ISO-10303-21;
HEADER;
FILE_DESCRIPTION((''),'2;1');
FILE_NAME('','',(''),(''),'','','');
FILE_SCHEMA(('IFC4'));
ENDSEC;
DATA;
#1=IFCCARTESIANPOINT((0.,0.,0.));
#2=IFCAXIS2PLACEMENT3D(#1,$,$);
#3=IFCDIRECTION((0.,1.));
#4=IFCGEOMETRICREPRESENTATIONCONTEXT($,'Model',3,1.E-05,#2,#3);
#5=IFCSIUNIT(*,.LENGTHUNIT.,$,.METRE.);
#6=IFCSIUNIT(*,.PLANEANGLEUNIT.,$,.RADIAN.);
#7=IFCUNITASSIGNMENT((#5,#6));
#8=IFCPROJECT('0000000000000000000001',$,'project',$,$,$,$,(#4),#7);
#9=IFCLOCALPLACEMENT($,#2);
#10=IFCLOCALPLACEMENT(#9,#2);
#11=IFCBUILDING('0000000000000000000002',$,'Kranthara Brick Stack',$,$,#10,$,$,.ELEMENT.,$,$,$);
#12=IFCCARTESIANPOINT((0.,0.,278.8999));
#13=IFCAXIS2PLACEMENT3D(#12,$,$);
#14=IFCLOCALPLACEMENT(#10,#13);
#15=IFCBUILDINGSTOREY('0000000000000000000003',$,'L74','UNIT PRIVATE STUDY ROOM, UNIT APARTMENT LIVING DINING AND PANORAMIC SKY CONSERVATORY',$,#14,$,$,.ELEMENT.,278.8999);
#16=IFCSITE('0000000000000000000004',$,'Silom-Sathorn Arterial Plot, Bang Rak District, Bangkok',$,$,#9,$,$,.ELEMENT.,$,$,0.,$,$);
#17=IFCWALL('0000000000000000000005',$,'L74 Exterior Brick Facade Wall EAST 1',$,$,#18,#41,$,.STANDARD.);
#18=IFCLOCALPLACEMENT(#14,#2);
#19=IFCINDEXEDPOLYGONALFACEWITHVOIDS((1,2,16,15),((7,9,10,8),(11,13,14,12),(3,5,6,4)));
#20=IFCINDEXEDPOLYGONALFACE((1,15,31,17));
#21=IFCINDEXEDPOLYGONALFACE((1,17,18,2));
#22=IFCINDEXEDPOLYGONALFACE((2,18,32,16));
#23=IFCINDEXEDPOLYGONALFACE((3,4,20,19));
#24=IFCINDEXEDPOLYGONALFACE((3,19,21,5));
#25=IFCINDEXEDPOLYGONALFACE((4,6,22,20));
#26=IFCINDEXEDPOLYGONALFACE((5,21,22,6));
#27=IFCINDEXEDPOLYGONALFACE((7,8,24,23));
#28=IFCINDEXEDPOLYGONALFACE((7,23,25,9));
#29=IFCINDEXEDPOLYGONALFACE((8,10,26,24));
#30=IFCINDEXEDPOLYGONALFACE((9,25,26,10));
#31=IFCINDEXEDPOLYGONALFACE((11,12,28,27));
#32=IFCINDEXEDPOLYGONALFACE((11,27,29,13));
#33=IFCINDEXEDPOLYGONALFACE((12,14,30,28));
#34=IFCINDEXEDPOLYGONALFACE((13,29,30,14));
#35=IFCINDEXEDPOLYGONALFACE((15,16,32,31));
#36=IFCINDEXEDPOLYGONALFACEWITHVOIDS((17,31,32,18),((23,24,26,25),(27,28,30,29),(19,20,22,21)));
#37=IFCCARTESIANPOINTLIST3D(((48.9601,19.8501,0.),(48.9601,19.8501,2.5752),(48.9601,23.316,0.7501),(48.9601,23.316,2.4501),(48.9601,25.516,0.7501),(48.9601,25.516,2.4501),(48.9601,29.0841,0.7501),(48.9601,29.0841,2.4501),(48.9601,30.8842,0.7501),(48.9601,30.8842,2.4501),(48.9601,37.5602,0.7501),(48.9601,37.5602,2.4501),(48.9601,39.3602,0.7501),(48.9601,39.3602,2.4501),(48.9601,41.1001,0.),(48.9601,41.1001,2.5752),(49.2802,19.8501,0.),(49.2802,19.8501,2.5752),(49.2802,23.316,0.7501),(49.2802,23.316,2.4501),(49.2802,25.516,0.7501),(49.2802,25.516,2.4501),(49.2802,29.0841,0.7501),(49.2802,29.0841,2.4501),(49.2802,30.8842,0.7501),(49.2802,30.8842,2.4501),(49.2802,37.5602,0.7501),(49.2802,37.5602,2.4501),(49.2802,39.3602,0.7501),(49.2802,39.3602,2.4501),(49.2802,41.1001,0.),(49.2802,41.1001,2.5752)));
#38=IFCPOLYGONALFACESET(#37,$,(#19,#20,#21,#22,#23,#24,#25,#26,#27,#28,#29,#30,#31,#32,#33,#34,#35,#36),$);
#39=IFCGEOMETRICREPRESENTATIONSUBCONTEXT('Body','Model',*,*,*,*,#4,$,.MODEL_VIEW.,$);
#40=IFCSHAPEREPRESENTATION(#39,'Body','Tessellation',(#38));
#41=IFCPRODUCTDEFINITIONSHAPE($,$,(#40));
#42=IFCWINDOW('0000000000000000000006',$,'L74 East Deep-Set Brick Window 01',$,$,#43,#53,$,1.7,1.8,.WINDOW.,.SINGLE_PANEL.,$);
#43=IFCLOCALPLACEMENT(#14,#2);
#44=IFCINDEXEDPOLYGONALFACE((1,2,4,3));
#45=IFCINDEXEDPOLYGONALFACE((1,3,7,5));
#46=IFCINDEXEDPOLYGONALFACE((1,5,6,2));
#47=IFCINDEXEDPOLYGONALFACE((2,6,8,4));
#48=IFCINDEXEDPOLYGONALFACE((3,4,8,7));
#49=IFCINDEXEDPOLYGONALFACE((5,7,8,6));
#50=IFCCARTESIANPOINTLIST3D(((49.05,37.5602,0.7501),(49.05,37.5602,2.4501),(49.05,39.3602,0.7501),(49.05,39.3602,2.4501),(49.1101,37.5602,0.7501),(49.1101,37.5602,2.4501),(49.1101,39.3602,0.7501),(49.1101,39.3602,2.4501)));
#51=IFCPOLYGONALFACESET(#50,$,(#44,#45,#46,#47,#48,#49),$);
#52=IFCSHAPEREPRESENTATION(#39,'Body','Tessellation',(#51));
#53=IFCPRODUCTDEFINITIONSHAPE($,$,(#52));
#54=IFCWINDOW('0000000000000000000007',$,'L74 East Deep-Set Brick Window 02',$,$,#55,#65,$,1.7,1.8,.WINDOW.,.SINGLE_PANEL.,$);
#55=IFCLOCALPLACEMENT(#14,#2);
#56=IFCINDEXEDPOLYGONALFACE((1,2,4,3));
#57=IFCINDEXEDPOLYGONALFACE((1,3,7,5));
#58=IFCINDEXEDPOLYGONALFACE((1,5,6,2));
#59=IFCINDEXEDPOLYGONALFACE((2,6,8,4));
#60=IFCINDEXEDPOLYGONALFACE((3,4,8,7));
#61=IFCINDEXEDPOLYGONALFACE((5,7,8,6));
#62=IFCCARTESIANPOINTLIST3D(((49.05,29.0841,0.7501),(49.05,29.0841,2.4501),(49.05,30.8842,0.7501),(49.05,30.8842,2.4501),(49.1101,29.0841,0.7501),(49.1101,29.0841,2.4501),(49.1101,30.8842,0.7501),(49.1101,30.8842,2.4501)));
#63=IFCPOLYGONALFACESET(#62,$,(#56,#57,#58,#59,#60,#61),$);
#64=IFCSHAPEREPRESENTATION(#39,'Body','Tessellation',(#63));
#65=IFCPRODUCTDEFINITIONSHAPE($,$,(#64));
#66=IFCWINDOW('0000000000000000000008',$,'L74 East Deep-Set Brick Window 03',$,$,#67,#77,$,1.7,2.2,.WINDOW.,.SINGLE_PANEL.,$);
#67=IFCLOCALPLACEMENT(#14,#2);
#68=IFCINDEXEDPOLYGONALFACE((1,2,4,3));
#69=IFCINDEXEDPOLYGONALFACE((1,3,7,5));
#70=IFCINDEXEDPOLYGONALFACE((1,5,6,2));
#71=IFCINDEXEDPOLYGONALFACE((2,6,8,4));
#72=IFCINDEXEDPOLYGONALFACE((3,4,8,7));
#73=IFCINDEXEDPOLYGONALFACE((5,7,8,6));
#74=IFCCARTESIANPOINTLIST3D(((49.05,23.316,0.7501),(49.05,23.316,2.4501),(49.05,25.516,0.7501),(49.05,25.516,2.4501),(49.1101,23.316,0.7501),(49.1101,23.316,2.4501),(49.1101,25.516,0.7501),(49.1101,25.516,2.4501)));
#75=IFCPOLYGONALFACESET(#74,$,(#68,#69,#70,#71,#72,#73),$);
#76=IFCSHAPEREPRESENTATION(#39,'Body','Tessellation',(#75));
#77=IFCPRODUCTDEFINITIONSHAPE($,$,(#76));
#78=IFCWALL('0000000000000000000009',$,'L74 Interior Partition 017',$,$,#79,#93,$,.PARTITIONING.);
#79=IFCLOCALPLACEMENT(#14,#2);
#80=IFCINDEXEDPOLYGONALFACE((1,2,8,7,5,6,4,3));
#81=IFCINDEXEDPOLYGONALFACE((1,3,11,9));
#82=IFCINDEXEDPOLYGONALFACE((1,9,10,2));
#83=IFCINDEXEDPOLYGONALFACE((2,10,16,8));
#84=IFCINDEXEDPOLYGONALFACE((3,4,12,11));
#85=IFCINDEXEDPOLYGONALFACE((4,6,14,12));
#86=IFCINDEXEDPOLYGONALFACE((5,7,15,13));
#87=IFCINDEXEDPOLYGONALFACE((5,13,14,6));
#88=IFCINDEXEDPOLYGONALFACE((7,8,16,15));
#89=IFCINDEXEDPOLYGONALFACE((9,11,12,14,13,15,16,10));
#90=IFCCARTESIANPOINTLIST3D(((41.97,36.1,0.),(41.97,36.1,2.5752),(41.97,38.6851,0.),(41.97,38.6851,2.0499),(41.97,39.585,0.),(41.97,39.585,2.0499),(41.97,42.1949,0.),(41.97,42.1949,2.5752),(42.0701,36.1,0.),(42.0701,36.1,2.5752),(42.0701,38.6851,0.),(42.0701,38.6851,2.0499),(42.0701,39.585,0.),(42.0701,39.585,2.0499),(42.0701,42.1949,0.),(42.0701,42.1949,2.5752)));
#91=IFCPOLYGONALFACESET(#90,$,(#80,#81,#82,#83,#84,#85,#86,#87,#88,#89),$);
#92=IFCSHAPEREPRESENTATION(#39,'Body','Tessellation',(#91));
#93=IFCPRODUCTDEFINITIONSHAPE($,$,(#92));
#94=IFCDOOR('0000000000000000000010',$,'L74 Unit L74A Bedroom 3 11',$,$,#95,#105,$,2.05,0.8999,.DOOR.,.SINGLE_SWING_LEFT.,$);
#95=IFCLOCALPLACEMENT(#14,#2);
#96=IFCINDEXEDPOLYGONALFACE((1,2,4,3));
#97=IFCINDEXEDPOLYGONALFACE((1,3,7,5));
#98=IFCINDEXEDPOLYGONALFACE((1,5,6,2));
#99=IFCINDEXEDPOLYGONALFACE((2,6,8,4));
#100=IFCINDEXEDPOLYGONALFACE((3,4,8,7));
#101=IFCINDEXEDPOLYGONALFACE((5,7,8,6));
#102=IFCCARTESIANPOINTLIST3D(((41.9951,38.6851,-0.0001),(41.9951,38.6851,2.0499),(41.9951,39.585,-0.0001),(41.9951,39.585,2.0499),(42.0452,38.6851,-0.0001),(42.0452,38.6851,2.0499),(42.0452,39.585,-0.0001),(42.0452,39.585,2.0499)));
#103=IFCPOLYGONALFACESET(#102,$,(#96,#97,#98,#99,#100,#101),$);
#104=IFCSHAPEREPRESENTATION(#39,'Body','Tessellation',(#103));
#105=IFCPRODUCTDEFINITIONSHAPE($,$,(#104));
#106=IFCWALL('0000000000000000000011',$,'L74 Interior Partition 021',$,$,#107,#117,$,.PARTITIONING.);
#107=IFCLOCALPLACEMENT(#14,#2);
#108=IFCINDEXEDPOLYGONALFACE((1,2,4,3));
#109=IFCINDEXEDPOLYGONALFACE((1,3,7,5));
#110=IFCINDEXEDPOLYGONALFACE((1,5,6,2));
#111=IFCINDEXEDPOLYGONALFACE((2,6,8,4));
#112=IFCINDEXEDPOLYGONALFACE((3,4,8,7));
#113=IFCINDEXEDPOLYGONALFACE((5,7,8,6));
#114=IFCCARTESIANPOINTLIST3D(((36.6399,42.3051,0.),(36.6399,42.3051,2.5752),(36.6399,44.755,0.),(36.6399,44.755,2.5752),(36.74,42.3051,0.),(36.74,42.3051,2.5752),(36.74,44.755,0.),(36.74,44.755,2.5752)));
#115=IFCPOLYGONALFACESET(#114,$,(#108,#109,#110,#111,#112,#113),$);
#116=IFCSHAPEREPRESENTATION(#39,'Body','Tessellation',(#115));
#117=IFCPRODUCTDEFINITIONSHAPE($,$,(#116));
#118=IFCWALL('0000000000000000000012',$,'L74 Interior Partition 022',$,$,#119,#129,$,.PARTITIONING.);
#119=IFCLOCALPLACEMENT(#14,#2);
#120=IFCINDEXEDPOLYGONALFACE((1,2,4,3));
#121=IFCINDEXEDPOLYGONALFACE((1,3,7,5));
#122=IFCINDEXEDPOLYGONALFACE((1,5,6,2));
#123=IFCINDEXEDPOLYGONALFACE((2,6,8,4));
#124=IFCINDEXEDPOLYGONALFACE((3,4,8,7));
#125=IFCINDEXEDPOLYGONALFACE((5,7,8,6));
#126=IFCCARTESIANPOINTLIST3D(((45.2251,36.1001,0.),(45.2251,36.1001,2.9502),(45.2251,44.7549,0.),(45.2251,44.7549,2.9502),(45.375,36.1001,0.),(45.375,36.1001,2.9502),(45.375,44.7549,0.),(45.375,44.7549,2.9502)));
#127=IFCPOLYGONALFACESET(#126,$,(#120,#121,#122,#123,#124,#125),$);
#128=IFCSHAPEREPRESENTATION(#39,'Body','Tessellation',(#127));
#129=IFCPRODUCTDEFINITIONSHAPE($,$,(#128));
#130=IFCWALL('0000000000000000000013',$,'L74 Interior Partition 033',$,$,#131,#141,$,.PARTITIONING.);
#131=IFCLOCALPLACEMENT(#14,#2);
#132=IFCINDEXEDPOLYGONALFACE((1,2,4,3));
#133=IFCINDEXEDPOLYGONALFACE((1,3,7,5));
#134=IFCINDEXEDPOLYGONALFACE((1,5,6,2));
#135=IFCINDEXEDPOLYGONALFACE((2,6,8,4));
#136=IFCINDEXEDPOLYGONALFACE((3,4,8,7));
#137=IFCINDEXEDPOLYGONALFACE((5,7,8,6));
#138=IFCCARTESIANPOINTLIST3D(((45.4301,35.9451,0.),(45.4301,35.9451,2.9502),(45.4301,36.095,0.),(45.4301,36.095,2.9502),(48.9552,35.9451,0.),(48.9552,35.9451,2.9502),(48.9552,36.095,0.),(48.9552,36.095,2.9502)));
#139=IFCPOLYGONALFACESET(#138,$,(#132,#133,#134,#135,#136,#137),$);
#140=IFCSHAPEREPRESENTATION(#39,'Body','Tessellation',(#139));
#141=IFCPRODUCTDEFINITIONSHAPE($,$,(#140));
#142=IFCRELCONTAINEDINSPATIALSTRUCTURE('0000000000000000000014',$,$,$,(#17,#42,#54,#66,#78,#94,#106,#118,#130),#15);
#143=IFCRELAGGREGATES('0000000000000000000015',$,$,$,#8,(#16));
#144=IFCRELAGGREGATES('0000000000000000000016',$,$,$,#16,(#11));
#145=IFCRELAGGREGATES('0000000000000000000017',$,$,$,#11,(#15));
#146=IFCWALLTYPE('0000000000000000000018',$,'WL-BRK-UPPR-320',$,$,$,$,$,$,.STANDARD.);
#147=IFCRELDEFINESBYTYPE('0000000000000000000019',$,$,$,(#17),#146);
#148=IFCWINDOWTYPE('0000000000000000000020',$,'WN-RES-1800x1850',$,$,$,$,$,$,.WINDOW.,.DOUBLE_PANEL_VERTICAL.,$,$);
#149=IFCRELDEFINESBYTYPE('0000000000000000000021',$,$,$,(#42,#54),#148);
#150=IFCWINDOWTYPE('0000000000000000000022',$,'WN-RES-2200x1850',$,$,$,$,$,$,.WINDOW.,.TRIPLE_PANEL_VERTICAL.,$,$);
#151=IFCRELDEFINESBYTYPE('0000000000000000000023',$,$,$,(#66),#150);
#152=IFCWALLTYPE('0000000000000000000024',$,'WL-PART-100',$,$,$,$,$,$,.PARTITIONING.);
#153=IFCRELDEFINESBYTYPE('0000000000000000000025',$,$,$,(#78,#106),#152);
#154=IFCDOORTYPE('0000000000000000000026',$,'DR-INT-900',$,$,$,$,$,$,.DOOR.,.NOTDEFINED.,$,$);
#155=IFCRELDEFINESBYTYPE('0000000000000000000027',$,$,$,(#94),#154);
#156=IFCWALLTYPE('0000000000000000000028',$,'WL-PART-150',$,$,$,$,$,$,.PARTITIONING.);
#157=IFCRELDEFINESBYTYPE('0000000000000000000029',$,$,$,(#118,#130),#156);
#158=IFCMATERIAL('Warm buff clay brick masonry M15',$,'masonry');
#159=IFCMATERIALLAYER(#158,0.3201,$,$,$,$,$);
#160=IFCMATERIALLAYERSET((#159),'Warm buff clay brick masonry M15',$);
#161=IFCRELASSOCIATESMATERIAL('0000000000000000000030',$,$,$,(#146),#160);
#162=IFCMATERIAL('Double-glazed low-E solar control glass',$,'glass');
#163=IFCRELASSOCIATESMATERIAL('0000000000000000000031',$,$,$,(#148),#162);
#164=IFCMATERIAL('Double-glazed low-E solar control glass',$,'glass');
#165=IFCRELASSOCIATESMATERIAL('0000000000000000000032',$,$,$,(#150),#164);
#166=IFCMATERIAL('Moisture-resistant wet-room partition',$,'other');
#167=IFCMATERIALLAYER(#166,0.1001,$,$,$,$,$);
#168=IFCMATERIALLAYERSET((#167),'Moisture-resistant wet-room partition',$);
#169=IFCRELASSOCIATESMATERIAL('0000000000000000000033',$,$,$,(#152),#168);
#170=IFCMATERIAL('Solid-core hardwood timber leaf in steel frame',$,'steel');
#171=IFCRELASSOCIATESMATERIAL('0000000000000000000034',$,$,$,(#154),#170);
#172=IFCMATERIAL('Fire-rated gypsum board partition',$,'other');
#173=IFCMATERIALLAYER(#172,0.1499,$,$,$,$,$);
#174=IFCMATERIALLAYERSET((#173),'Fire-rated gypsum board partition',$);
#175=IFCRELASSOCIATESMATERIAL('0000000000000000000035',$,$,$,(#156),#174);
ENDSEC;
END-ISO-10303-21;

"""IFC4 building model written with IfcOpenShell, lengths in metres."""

from ifc_helpers import new_model, si_unit, direction, frame, frame_2d, origin, place, context, subcontext, project, spatial, rectangle, extrude, material, layer, layer_set, type_object, element, fill, save


model = new_model("IFC4")

# Units and contexts
model_context = context("Model", 3, precision=1e-05, world=origin(), true_north=direction((0.0, 1.0)))
body_context = subcontext(model_context, "Body", "Model", "MODEL_VIEW")
ifc_project = project(units=[si_unit("LENGTHUNIT", "METRE"), si_unit("PLANEANGLEUNIT", "RADIAN")], contexts=[model_context])

# Site, building, storey
site_placement = place(None, origin())
site = spatial("IfcSite", under=ifc_project, at=site_placement, Name="Silom-Sathorn Arterial Plot, Bang Rak District, Bangkok", CompositionType="ELEMENT", RefElevation=0.0)
building_placement = place(site_placement, origin())
building = spatial("IfcBuilding", under=site, at=building_placement, Name="Kranthara Brick Stack", CompositionType="ELEMENT")
storey_placement = place(building_placement, frame((0.0, 0.0, 278.8999)))
storey = spatial("IfcBuildingStorey", under=building, at=storey_placement, Name="L74", Description="UNIT PRIVATE STUDY ROOM, UNIT APARTMENT LIVING DINING AND PANORAMIC SKY CONSERVATORY", CompositionType="ELEMENT", Elevation=278.8999)

# Shared definitions
ifc_material_1 = material(Name="Warm buff clay brick masonry M15", Category="masonry")
ifc_layer_1 = layer(ifc_material_1, 0.3201)
ifc_layer_set_1 = layer_set([ifc_layer_1], Name="Warm buff clay brick masonry M15")
wall_type_1 = type_object("IfcWallType", Name="WL-BRK-UPPR-320", PredefinedType="STANDARD", material=ifc_layer_set_1)

# Wall, openings, windows
wall_1_placement = place(storey_placement, frame((49.1201, 41.1001, 0.0), z_axis=(0.0, 0.0, 1.0), x_axis=(0.0, -1.0, 0.0)))
wall_1 = element("IfcWall", 1, at=wall_1_placement, inside=storey, type_object=wall_type_1, Name="L74 Exterior Brick Facade Wall EAST 1", PredefinedType="STANDARD", context=body_context, shape_type="SweptSolid", body=[
    extrude(rectangle(XDim=21.25, YDim=0.3201, at=frame_2d((10.625, 0.0))), origin(), (0.0, 0.0, 1.0), 2.5752),
])
opening_1_placement = place(wall_1_placement, frame((1.74, 0.0, 0.75)))
opening_1 = element("IfcOpeningElement", 2, at=opening_1_placement, cuts=wall_1, PredefinedType="OPENING", context=body_context, shape_type="SweptSolid", body=[
    extrude(rectangle(XDim=1.8, YDim=1.7, at=frame_2d((0.8999, 0.8501))), frame((0.0, 0.1699, 0.0), z_axis=(0.0, -1.0, 0.0), x_axis=(1.0, 0.0, 0.0)), (0.0, 0.0, 1.0), 0.3401),
])
opening_2_placement = place(wall_1_placement, frame((10.2161, 0.0, 0.75)))
opening_2 = element("IfcOpeningElement", 3, at=opening_2_placement, cuts=wall_1, PredefinedType="OPENING", context=body_context, shape_type="SweptSolid", body=[
    extrude(rectangle(XDim=1.8, YDim=1.7, at=frame_2d((0.8999, 0.8501))), frame((0.0, 0.1699, 0.0), z_axis=(0.0, -1.0, 0.0), x_axis=(1.0, 0.0, 0.0)), (0.0, 0.0, 1.0), 0.3401),
])
opening_3_placement = place(wall_1_placement, frame((15.584, 0.0, 0.75)))
opening_3 = element("IfcOpeningElement", 4, at=opening_3_placement, cuts=wall_1, PredefinedType="OPENING", context=body_context, shape_type="SweptSolid", body=[
    extrude(rectangle(XDim=2.2, YDim=1.7, at=frame_2d((1.1001, 0.8501))), frame((0.0, 0.1699, 0.0), z_axis=(0.0, -1.0, 0.0), x_axis=(1.0, 0.0, 0.0)), (0.0, 0.0, 1.0), 0.3401),
])
ifc_material_2 = material(Name="Double-glazed low-E solar control glass", Category="glass")
window_type_1 = type_object("IfcWindowType", Name="WN-RES-1800x1850", PartitioningType="DOUBLE_PANEL_VERTICAL", PredefinedType="WINDOW", material=ifc_material_2)
window_1_placement = place(opening_1_placement, origin())
window_1 = element("IfcWindow", 5, at=window_1_placement, inside=storey, type_object=window_type_1, Name="L74 East Deep-Set Brick Window 01", OverallHeight=1.7, OverallWidth=1.8, PartitioningType="SINGLE_PANEL", PredefinedType="WINDOW", context=body_context, shape_type="SweptSolid", body=[
    extrude(rectangle(XDim=1.8, YDim=1.7, at=frame_2d((0.8999, 0.8501))), frame((0.0, -0.01, 0.0), z_axis=(0.0, -1.0, 0.0), x_axis=(1.0, 0.0, 0.0)), (0.0, 0.0, 1.0), 0.0601),
])
fill(opening_1, window_1)
window_2_placement = place(opening_2_placement, origin())
window_2 = element("IfcWindow", 6, at=window_2_placement, inside=storey, type_object=window_type_1, Name="L74 East Deep-Set Brick Window 02", OverallHeight=1.7, OverallWidth=1.8, PartitioningType="SINGLE_PANEL", PredefinedType="WINDOW", context=body_context, shape_type="SweptSolid", body=[
    extrude(rectangle(XDim=1.8, YDim=1.7, at=frame_2d((0.8999, 0.8501))), frame((0.0, -0.01, 0.0), z_axis=(0.0, -1.0, 0.0), x_axis=(1.0, 0.0, 0.0)), (0.0, 0.0, 1.0), 0.0601),
])
fill(opening_2, window_2)
ifc_material_3 = material(Name="Double-glazed low-E solar control glass", Category="glass")
window_type_2 = type_object("IfcWindowType", Name="WN-RES-2200x1850", PartitioningType="TRIPLE_PANEL_VERTICAL", PredefinedType="WINDOW", material=ifc_material_3)
window_3_placement = place(opening_3_placement, origin())
window_3 = element("IfcWindow", 7, at=window_3_placement, inside=storey, type_object=window_type_2, Name="L74 East Deep-Set Brick Window 03", OverallHeight=1.7, OverallWidth=2.2, PartitioningType="SINGLE_PANEL", PredefinedType="WINDOW", context=body_context, shape_type="SweptSolid", body=[
    extrude(rectangle(XDim=2.2, YDim=1.7, at=frame_2d((1.1001, 0.8501))), frame((0.0, -0.01, 0.0), z_axis=(0.0, -1.0, 0.0), x_axis=(1.0, 0.0, 0.0)), (0.0, 0.0, 1.0), 0.0601),
])
fill(opening_3, window_3)

# Wall, opening, door
ifc_material_4 = material(Name="Moisture-resistant wet-room partition", Category="other")
ifc_layer_2 = layer(ifc_material_4, 0.1001)
ifc_layer_set_2 = layer_set([ifc_layer_2], Name="Moisture-resistant wet-room partition")
wall_type_2 = type_object("IfcWallType", Name="WL-PART-100", PredefinedType="PARTITIONING", material=ifc_layer_set_2)
wall_2_placement = place(storey_placement, frame((42.02, 36.1001, 0.0), z_axis=(0.0, 0.0, 1.0), x_axis=(0.0, 1.0, 0.0)))
wall_2 = element("IfcWall", 8, at=wall_2_placement, inside=storey, type_object=wall_type_2, Name="L74 Interior Partition 017", PredefinedType="PARTITIONING", context=body_context, shape_type="SweptSolid", body=[
    extrude(rectangle(XDim=6.095, YDim=0.1001, at=frame_2d((3.0474, 0.0))), origin(), (0.0, 0.0, 1.0), 2.5752),
])
opening_4_placement = place(wall_2_placement, frame((2.585, 0.0, 0.0)))
opening_4 = element("IfcOpeningElement", 9, at=opening_4_placement, cuts=wall_2, PredefinedType="OPENING", context=body_context, shape_type="SweptSolid", body=[
    extrude(rectangle(XDim=0.8999, YDim=2.05, at=frame_2d((0.45, 1.0249))), frame((0.0, 0.0601, 0.0), z_axis=(0.0, -1.0, 0.0), x_axis=(1.0, 0.0, 0.0)), (0.0, 0.0, 1.0), 0.1201),
])
ifc_material_5 = material(Name="Solid-core hardwood timber leaf in steel frame", Category="steel")
door_type_1 = type_object("IfcDoorType", Name="DR-INT-900", OperationType="NOTDEFINED", PredefinedType="DOOR", material=ifc_material_5)
door_1_placement = place(opening_4_placement, origin())
door_1 = element("IfcDoor", 10, at=door_1_placement, inside=storey, type_object=door_type_1, Name="L74 Unit L74A Bedroom 3 11", OperationType="SINGLE_SWING_LEFT", OverallHeight=2.05, OverallWidth=0.8999, PredefinedType="DOOR", context=body_context, shape_type="SweptSolid", body=[
    extrude(rectangle(XDim=0.8999, YDim=2.05, at=frame_2d((0.45, 1.0249))), frame((0.0, 0.0249, 0.0), z_axis=(0.0, -1.0, 0.0), x_axis=(1.0, 0.0, 0.0)), (0.0, 0.0, 1.0), 0.05),
])
fill(opening_4, door_1)

# Walls
wall_3_placement = place(storey_placement, frame((36.6899, 42.3049, 0.0), z_axis=(0.0, 0.0, 1.0), x_axis=(0.0, 1.0, 0.0)))
element("IfcWall", 11, at=wall_3_placement, inside=storey, type_object=wall_type_2, Name="L74 Interior Partition 021", PredefinedType="PARTITIONING", context=body_context, shape_type="SweptSolid", body=[
    extrude(rectangle(XDim=2.45, YDim=0.1001, at=frame_2d((1.2251, 0.0))), origin(), (0.0, 0.0, 1.0), 2.5752),
])
ifc_material_6 = material(Name="Fire-rated gypsum board partition", Category="other")
ifc_layer_3 = layer(ifc_material_6, 0.1499)
ifc_layer_set_3 = layer_set([ifc_layer_3], Name="Fire-rated gypsum board partition")
wall_type_3 = type_object("IfcWallType", Name="WL-PART-150", PredefinedType="PARTITIONING", material=ifc_layer_set_3)
wall_4_placement = place(storey_placement, frame((45.3, 36.1001, 0.0), z_axis=(0.0, 0.0, 1.0), x_axis=(0.0, 1.0, 0.0)))
element("IfcWall", 12, at=wall_4_placement, inside=storey, type_object=wall_type_3, Name="L74 Interior Partition 022", PredefinedType="PARTITIONING", context=body_context, shape_type="SweptSolid", body=[
    extrude(rectangle(XDim=8.6548, YDim=0.1499, at=frame_2d((4.3274, 0.0))), origin(), (0.0, 0.0, 1.0), 2.9502),
])
wall_5_placement = place(storey_placement, frame((45.4299, 36.02, 0.0), z_axis=(0.0, 0.0, 1.0), x_axis=(1.0, 0.0, 0.0)))
element("IfcWall", 13, at=wall_5_placement, inside=storey, type_object=wall_type_3, Name="L74 Interior Partition 033", PredefinedType="PARTITIONING", context=body_context, shape_type="SweptSolid", body=[
    extrude(rectangle(XDim=3.5251, YDim=0.1499, at=frame_2d((1.7627, 0.0))), origin(), (0.0, 0.0, 1.0), 2.9502),
])

save(model, "model.ifc")
